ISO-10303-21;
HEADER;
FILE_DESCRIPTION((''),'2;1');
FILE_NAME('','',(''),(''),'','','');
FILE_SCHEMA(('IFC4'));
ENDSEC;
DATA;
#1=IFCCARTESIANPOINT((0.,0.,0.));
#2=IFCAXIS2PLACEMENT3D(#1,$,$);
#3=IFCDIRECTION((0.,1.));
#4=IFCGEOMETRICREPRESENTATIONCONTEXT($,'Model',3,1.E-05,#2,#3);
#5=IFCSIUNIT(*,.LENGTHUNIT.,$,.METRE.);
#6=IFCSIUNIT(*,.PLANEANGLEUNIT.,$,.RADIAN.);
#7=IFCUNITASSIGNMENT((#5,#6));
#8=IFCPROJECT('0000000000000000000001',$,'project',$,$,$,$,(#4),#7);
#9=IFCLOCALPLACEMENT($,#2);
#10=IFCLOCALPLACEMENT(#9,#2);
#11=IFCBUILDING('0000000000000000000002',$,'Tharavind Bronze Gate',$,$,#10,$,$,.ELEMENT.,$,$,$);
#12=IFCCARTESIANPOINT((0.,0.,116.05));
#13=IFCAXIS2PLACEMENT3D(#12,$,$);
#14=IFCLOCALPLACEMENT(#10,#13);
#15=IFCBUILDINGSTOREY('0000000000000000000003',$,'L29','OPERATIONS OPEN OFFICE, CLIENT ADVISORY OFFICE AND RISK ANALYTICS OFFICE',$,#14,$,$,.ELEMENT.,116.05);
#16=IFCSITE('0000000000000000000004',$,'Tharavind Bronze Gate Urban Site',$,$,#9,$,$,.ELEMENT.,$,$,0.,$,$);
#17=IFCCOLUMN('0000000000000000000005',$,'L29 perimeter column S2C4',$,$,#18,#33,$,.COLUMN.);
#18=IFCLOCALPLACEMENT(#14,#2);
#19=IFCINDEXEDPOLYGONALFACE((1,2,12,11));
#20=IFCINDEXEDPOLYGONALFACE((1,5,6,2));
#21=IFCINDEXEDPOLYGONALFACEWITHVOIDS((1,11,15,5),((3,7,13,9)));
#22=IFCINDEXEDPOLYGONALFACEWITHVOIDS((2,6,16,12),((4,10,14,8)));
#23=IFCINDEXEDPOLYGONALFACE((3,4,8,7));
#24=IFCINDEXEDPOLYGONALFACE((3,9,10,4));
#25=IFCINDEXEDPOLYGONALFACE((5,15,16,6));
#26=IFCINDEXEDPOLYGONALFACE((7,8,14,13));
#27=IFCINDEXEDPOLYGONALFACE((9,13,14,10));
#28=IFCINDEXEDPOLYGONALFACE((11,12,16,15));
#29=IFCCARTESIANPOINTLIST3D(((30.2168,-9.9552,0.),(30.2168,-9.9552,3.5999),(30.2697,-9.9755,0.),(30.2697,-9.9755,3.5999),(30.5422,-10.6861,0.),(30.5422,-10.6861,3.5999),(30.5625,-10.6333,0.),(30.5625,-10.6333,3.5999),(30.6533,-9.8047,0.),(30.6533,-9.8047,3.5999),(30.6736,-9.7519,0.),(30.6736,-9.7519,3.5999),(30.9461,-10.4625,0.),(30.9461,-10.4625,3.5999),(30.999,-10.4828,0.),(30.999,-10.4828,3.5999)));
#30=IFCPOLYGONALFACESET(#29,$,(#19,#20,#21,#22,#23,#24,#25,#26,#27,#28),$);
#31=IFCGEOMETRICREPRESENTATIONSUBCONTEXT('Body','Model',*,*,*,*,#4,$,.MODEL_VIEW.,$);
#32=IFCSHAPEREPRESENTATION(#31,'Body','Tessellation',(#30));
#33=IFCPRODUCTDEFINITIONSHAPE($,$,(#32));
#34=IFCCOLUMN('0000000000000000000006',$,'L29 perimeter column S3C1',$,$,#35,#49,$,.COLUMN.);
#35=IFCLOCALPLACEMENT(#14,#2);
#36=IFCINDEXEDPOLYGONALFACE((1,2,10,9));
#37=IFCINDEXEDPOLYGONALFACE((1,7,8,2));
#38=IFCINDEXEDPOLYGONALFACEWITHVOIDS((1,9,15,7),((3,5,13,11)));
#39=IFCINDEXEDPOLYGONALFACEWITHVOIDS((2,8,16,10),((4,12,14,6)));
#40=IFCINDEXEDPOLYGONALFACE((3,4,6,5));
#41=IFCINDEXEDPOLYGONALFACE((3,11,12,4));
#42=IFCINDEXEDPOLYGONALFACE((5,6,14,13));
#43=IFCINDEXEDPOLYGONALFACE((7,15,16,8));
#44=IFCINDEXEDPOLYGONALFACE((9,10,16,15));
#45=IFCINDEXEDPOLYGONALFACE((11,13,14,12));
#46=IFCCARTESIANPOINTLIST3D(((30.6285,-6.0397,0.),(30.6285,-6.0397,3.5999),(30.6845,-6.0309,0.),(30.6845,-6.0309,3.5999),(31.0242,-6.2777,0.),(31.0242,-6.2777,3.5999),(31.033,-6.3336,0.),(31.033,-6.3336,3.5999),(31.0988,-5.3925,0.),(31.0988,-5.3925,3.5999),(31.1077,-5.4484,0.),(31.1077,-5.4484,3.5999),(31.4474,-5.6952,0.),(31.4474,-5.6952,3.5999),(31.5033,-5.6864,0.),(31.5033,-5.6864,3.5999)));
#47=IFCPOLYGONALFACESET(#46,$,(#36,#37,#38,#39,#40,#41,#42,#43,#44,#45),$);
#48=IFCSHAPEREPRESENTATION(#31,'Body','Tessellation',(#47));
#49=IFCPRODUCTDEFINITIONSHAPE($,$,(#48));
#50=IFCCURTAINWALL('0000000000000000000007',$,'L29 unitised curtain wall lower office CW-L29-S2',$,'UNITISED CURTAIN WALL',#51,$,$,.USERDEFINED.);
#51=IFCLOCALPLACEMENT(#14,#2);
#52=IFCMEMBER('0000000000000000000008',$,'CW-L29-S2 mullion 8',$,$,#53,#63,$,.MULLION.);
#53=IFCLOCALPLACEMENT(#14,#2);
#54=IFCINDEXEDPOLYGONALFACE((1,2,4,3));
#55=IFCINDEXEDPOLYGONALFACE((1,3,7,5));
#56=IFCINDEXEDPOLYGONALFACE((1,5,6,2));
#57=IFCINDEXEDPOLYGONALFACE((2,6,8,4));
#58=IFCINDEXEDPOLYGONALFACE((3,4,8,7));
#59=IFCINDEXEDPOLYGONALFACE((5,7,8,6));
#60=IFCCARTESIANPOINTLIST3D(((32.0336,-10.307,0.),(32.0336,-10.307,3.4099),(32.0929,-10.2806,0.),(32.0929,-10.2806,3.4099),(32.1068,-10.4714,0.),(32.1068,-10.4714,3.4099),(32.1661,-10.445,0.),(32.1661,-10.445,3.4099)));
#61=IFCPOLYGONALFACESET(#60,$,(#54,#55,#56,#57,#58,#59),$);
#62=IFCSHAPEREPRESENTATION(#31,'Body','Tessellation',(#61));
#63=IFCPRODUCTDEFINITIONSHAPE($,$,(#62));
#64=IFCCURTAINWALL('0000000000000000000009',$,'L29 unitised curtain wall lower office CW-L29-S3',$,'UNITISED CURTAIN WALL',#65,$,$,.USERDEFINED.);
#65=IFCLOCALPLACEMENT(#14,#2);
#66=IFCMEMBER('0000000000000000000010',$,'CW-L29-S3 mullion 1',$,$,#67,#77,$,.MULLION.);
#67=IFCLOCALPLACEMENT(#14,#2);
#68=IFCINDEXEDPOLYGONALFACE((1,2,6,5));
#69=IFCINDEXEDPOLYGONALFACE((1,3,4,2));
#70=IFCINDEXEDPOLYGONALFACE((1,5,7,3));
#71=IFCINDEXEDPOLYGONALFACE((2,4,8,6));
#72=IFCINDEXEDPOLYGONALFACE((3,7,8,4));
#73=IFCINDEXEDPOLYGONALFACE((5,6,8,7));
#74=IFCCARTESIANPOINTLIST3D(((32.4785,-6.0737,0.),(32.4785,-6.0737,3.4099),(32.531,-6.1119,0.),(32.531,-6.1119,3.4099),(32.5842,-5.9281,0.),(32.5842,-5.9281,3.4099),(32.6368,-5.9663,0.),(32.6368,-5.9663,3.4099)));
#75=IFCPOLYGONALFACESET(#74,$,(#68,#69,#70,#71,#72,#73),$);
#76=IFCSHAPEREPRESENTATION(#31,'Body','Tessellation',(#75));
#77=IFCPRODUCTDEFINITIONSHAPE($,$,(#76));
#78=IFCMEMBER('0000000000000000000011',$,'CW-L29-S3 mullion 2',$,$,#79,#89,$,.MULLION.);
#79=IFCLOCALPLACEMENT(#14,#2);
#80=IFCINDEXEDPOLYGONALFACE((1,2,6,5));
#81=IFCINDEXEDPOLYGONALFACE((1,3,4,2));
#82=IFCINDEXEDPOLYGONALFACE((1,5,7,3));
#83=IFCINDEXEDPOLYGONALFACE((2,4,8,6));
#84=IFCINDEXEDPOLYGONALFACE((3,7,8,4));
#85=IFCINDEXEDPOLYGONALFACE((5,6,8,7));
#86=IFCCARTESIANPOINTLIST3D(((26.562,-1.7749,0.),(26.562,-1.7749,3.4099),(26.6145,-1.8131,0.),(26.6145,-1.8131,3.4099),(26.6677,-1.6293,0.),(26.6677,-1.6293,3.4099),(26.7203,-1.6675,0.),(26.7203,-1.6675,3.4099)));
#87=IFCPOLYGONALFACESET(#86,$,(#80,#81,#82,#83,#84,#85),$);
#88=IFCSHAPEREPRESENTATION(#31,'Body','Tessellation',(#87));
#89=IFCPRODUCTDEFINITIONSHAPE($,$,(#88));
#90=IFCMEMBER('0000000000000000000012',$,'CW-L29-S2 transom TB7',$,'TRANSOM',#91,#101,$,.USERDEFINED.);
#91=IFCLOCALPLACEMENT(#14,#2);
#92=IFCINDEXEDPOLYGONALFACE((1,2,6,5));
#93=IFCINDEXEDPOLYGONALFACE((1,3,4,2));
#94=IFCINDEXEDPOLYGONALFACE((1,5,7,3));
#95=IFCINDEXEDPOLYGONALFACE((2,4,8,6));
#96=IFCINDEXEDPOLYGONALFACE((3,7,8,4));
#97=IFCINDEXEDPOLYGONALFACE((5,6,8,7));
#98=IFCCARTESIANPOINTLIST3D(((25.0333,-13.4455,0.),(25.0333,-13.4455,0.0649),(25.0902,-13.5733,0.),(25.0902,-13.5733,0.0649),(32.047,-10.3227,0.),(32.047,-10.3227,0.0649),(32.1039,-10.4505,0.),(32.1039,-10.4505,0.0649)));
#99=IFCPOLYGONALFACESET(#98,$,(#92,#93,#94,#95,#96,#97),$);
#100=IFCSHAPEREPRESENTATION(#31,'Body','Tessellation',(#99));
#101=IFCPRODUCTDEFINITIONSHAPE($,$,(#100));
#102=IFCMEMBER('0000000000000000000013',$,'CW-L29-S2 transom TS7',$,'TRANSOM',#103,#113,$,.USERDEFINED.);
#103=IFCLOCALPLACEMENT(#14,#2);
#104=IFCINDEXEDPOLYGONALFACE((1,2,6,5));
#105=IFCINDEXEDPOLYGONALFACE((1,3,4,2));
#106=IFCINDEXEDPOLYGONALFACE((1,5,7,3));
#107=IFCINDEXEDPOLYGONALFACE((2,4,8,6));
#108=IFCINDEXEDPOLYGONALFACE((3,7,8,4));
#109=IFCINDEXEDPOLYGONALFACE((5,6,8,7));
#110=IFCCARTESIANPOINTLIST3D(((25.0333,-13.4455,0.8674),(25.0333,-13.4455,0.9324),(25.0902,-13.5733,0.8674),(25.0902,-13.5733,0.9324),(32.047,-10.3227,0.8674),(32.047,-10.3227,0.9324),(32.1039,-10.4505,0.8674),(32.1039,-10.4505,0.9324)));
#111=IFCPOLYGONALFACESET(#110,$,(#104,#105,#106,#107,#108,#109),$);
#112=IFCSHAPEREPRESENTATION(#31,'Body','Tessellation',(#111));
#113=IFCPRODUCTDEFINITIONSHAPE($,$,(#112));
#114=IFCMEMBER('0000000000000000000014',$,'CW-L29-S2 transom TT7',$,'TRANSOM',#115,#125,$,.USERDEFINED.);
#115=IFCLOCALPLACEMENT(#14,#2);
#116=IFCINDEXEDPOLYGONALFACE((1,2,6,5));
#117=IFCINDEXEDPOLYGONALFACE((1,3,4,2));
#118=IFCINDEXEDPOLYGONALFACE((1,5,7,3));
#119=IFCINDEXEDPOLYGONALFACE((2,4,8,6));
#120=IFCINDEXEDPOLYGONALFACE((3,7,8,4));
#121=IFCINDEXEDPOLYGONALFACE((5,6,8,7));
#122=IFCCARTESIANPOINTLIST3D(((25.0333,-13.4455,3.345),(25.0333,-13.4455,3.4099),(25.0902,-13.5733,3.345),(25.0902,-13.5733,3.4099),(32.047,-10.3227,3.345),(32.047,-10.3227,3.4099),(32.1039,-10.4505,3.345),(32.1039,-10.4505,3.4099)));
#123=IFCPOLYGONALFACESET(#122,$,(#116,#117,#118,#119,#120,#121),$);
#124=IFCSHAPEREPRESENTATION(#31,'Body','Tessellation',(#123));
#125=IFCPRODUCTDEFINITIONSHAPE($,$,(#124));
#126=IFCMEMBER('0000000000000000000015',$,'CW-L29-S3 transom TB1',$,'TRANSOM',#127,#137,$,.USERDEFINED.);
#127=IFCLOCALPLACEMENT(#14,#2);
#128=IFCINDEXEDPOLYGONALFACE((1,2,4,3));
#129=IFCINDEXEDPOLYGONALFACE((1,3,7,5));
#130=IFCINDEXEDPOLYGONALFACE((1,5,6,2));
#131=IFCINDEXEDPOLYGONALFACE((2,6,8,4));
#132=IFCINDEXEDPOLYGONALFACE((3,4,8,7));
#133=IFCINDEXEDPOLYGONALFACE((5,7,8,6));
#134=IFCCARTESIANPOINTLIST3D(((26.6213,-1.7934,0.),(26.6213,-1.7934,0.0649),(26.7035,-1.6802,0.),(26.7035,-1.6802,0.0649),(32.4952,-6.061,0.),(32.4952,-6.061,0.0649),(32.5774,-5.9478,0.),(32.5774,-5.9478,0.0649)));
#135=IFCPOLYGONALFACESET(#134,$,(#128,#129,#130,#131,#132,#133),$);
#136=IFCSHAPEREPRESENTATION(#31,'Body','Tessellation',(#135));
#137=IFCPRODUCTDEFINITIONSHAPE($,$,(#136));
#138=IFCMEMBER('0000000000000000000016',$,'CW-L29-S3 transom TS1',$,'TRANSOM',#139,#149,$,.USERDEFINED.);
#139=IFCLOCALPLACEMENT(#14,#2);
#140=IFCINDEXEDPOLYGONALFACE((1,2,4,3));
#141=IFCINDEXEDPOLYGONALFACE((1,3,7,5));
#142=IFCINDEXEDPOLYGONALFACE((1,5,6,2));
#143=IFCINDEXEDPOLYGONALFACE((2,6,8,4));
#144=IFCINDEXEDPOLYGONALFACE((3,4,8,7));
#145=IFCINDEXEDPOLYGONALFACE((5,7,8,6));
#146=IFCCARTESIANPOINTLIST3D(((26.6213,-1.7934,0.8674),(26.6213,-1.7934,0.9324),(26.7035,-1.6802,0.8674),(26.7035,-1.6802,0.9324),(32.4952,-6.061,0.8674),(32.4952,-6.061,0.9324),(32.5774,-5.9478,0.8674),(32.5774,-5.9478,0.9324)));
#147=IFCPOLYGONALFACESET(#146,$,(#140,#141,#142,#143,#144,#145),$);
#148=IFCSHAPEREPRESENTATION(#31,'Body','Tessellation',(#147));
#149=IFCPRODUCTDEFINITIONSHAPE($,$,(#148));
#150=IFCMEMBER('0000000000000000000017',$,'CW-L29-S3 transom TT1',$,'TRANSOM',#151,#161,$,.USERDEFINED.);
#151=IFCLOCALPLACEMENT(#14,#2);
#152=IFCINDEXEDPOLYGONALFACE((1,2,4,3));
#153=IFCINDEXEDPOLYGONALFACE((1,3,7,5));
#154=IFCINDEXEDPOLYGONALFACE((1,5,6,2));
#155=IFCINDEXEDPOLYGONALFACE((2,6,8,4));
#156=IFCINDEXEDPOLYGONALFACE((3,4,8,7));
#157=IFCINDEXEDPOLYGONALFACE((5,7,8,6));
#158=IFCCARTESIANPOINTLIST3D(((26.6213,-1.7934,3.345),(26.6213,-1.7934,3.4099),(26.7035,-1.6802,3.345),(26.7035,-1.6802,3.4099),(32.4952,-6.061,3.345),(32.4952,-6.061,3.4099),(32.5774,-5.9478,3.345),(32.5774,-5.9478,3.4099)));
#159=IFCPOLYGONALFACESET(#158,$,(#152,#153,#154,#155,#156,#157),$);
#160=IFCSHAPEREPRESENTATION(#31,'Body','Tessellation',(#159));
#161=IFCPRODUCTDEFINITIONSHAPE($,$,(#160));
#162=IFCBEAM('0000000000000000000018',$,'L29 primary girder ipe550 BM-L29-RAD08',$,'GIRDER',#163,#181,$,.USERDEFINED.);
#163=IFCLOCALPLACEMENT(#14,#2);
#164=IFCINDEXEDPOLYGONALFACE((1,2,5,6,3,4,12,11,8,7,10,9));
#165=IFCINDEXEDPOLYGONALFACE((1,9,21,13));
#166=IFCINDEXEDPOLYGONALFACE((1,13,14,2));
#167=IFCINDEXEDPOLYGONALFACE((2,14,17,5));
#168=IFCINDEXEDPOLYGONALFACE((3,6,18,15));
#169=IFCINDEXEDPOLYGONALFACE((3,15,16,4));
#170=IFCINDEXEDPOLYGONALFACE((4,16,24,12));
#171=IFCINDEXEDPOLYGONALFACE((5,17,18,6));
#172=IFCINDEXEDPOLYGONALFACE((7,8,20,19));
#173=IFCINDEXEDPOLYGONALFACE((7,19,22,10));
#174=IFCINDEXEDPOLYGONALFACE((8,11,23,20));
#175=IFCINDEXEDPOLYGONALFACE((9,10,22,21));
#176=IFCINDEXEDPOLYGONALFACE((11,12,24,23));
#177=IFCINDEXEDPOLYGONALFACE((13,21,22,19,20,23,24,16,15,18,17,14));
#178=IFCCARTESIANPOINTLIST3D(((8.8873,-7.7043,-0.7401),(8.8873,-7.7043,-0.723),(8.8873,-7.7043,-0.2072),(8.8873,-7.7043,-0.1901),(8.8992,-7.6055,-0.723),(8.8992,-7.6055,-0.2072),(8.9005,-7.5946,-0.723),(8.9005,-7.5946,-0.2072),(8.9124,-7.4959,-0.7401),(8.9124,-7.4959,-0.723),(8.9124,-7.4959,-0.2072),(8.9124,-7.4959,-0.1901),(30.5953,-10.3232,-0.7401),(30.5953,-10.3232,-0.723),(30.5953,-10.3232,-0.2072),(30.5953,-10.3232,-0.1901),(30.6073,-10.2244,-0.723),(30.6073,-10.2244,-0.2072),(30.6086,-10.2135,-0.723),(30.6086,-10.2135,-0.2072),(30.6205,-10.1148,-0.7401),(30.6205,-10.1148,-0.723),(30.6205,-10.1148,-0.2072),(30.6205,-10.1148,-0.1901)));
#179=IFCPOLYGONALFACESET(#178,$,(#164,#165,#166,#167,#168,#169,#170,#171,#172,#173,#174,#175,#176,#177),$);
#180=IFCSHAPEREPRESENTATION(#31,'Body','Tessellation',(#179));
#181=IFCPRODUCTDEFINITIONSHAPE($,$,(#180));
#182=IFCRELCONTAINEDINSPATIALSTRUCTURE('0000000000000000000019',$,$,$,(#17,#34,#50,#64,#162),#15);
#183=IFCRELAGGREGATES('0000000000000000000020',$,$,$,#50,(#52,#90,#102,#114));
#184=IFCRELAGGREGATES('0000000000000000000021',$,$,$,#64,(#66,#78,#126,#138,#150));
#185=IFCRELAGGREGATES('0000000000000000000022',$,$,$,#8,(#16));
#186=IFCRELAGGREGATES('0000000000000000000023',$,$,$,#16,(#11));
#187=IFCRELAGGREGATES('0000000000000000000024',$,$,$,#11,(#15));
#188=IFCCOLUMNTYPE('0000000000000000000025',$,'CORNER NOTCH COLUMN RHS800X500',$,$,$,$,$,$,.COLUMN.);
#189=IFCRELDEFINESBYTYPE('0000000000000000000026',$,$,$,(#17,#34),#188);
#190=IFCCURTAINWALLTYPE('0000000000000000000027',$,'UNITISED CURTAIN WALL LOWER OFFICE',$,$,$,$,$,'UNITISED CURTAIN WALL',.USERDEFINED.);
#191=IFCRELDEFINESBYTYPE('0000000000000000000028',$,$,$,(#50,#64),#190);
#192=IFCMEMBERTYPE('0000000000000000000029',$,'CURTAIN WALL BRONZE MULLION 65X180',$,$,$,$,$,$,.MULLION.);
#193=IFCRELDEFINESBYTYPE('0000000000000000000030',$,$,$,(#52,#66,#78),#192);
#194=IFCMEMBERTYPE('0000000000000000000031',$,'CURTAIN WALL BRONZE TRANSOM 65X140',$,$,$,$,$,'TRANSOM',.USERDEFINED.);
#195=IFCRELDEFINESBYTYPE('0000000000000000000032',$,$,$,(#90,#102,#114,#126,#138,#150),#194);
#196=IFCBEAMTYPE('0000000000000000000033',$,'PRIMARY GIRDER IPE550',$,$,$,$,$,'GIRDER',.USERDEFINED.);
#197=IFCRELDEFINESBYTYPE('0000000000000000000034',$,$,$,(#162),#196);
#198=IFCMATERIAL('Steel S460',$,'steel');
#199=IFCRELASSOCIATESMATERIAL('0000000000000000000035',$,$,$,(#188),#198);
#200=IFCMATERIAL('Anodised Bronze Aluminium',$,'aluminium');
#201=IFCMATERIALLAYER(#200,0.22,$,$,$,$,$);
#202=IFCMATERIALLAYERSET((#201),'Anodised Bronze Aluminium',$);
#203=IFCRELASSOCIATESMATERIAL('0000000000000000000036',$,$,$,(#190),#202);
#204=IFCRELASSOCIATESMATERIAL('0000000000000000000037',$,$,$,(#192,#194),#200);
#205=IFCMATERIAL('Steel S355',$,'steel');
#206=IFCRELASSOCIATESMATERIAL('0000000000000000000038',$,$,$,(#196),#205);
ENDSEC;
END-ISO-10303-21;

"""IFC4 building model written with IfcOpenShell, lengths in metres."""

from ifc_helpers import new_model, si_unit, direction, frame, origin, origin_2d, place, context, subcontext, project, spatial, rectangle, hollow_rectangle, i_section, extrude, material, layer, layer_set, material_profile, profile_set, type_object, element, aggregate, save


model = new_model("IFC4")

# Units and contexts
model_context = context("Model", 3, precision=1e-05, world=origin(), true_north=direction((0.0, 1.0)))
body_context = subcontext(model_context, "Body", "Model", "MODEL_VIEW")
ifc_project = project(units=[si_unit("LENGTHUNIT", "METRE"), si_unit("PLANEANGLEUNIT", "RADIAN")], contexts=[model_context])

# Site, building, storey
site_placement = place(None, origin())
site = spatial("IfcSite", under=ifc_project, at=site_placement, Name="Tharavind Bronze Gate Urban Site", CompositionType="ELEMENT", RefElevation=0.0)
building_placement = place(site_placement, origin())
building = spatial("IfcBuilding", under=site, at=building_placement, Name="Tharavind Bronze Gate", CompositionType="ELEMENT")
storey_placement = place(building_placement, frame((0.0, 0.0, 116.05)))
storey = spatial("IfcBuildingStorey", under=building, at=storey_placement, Name="L29", Description="OPERATIONS OPEN OFFICE, CLIENT ADVISORY OFFICE AND RISK ANALYTICS OFFICE", CompositionType="ELEMENT", Elevation=116.05)

# Columns
ifc_material_1 = material(Name="Steel S460", Category="steel")
ifc_material_profile_1 = material_profile(ifc_material_1, hollow_rectangle(XDim=0.5, YDim=0.8, WallThickness=0.04, at=origin_2d()), Name="RHS800X500X40")
ifc_profile_set_1 = profile_set([ifc_material_profile_1], Name="Steel S460")
column_type = type_object("IfcColumnType", Name="CORNER NOTCH COLUMN RHS800X500", PredefinedType="COLUMN", material=ifc_profile_set_1)
for number, where, z_axis, x_axis, name in (
    (1, (30.6079, -10.219, 0.0), (0.0, 0.0, 1.0), (0.913545, 0.406737, 0.0), "L29 perimeter column S2C4"),
    (2, (31.0659, -5.863, 0.0), (0.0, 0.0, 1.0), (-0.809017, 0.587785, 0.0), "L29 perimeter column S3C1"),
):
    element("IfcColumn", number, at=place(storey_placement, frame(where, z_axis=z_axis, x_axis=x_axis)), inside=storey, type_object=column_type, Name=name, PredefinedType="COLUMN", context=body_context, shape_type="SweptSolid", body=[
        extrude(hollow_rectangle(XDim=0.5, YDim=0.8, WallThickness=0.04, at=origin_2d()), origin(), (0.0, 0.0, 1.0), 3.5999),
    ])

# Curtain wall, member
ifc_material_2 = material(Name="Anodised Bronze Aluminium", Category="aluminium")
ifc_layer_1 = layer(ifc_material_2, 0.22)
ifc_layer_set_1 = layer_set([ifc_layer_1], Name="Anodised Bronze Aluminium")
curtain_wall_type = type_object("IfcCurtainWallType", Name="UNITISED CURTAIN WALL LOWER OFFICE", ElementType="UNITISED CURTAIN WALL", PredefinedType="USERDEFINED", material=ifc_layer_set_1)
curtain_wall_1_placement = place(storey_placement, origin())
curtain_wall_1 = element("IfcCurtainWall", 3, at=curtain_wall_1_placement, inside=storey, type_object=curtain_wall_type, Name="L29 unitised curtain wall lower office CW-L29-S2", ObjectType="UNITISED CURTAIN WALL", PredefinedType="USERDEFINED")
member_type_1 = type_object("IfcMemberType", Name="CURTAIN WALL BRONZE MULLION 65X180", PredefinedType="MULLION", material=ifc_material_2)
member_1_placement = place(storey_placement, frame((32.0999, -10.376, 0.0), z_axis=(0.0, 0.0, 1.0), x_axis=(0.913545, 0.406737, 0.0)))
member_1 = element("IfcMember", 4, at=member_1_placement, type_object=member_type_1, Name="CW-L29-S2 mullion 8", PredefinedType="MULLION", context=body_context, shape_type="SweptSolid", body=[
    extrude(rectangle(XDim=0.0649, YDim=0.1799, at=origin_2d()), origin(), (0.0, 0.0, 1.0), 3.4099),
])

# Curtain wall, members
curtain_wall_2_placement = place(storey_placement, origin())
curtain_wall_2 = element("IfcCurtainWall", 5, at=curtain_wall_2_placement, inside=storey, type_object=curtain_wall_type, Name="L29 unitised curtain wall lower office CW-L29-S3", ObjectType="UNITISED CURTAIN WALL", PredefinedType="USERDEFINED")
member_2_placement = place(storey_placement, frame((32.5576, -6.02, 0.0), z_axis=(0.0, 0.0, 1.0), x_axis=(-0.809017, 0.587785, 0.0)))
member_2 = element("IfcMember", 6, at=member_2_placement, type_object=member_type_1, Name="CW-L29-S3 mullion 1", PredefinedType="MULLION", context=body_context, shape_type="SweptSolid", body=[
    extrude(rectangle(XDim=0.0649, YDim=0.1799, at=origin_2d()), origin(), (0.0, 0.0, 1.0), 3.4099),
])
member_3_placement = place(storey_placement, frame((26.6411, -1.7212, 0.0), z_axis=(0.0, 0.0, 1.0), x_axis=(-0.809017, 0.587785, 0.0)))
member_3 = element("IfcMember", 7, at=member_3_placement, type_object=member_type_1, Name="CW-L29-S3 mullion 2", PredefinedType="MULLION", context=body_context, shape_type="SweptSolid", body=[
    extrude(rectangle(XDim=0.0649, YDim=0.1799, at=origin_2d()), origin(), (0.0, 0.0, 1.0), 3.4099),
])

# Members
member_type_2 = type_object("IfcMemberType", Name="CURTAIN WALL BRONZE TRANSOM 65X140", ElementType="TRANSOM", PredefinedType="USERDEFINED", material=ifc_material_2)
member_4_placement = place(storey_placement, frame((28.5686, -11.948, 0.0), z_axis=(0.0, 0.0, 1.0), x_axis=(0.913545, 0.406737, 0.0)))
member_4 = element("IfcMember", 8, at=member_4_placement, type_object=member_type_2, Name="CW-L29-S2 transom TB7", ObjectType="TRANSOM", PredefinedType="USERDEFINED", context=body_context, shape_type="SweptSolid", body=[
    extrude(rectangle(XDim=7.6775, YDim=0.1399, at=origin_2d()), origin(), (0.0, 0.0, 1.0), 0.0649),
])
member_5_placement = place(storey_placement, frame((28.5686, -11.948, 0.8674), z_axis=(0.0, 0.0, 1.0), x_axis=(0.913545, 0.406737, 0.0)))
member_5 = element("IfcMember", 9, at=member_5_placement, type_object=member_type_2, Name="CW-L29-S2 transom TS7", ObjectType="TRANSOM", PredefinedType="USERDEFINED", context=body_context, shape_type="SweptSolid", body=[
    extrude(rectangle(XDim=7.6775, YDim=0.1399, at=origin_2d()), origin(), (0.0, 0.0, 1.0), 0.0649),
])
member_6_placement = place(storey_placement, frame((28.5686, -11.948, 3.345), z_axis=(0.0, 0.0, 1.0), x_axis=(0.913545, 0.406737, 0.0)))
member_6 = element("IfcMember", 10, at=member_6_placement, type_object=member_type_2, Name="CW-L29-S2 transom TT7", ObjectType="TRANSOM", PredefinedType="USERDEFINED", context=body_context, shape_type="SweptSolid", body=[
    extrude(rectangle(XDim=7.6775, YDim=0.1399, at=origin_2d()), origin(), (0.0, 0.0, 1.0), 0.0649),
])
member_7_placement = place(storey_placement, frame((29.5994, -3.8706, 0.0), z_axis=(0.0, 0.0, 1.0), x_axis=(-0.809017, 0.587785, 0.0)))
member_7 = element("IfcMember", 11, at=member_7_placement, type_object=member_type_2, Name="CW-L29-S3 transom TB1", ObjectType="TRANSOM", PredefinedType="USERDEFINED", context=body_context, shape_type="SweptSolid", body=[
    extrude(rectangle(XDim=7.2605, YDim=0.1399, at=origin_2d()), origin(), (0.0, 0.0, 1.0), 0.0649),
])
member_8_placement = place(storey_placement, frame((29.5994, -3.8706, 0.8674), z_axis=(0.0, 0.0, 1.0), x_axis=(-0.809017, 0.587785, 0.0)))
member_8 = element("IfcMember", 12, at=member_8_placement, type_object=member_type_2, Name="CW-L29-S3 transom TS1", ObjectType="TRANSOM", PredefinedType="USERDEFINED", context=body_context, shape_type="SweptSolid", body=[
    extrude(rectangle(XDim=7.2605, YDim=0.1399, at=origin_2d()), origin(), (0.0, 0.0, 1.0), 0.0649),
])
member_9_placement = place(storey_placement, frame((29.5994, -3.8706, 3.345), z_axis=(0.0, 0.0, 1.0), x_axis=(-0.809017, 0.587785, 0.0)))
member_9 = element("IfcMember", 13, at=member_9_placement, type_object=member_type_2, Name="CW-L29-S3 transom TT1", ObjectType="TRANSOM", PredefinedType="USERDEFINED", context=body_context, shape_type="SweptSolid", body=[
    extrude(rectangle(XDim=7.2605, YDim=0.1399, at=origin_2d()), origin(), (0.0, 0.0, 1.0), 0.0649),
])

# Beam
ifc_material_3 = material(Name="Steel S355", Category="steel")
ifc_material_profile_2 = material_profile(ifc_material_3, i_section(OverallWidth=0.21, OverallDepth=0.55, WebThickness=0.011, FlangeThickness=0.0171, at=origin_2d()), Name="IPE550")
ifc_profile_set_2 = profile_set([ifc_material_profile_2], Name="Steel S355")
beam_type_1 = type_object("IfcBeamType", Name="PRIMARY GIRDER IPE550", ElementType="GIRDER", PredefinedType="USERDEFINED", material=ifc_profile_set_2)
beam_1_placement = place(storey_placement, frame((30.6079, -10.219, -0.4651), z_axis=(-0.992801, 0.119773, 0.0), x_axis=(-0.119773, -0.992801, 0.0)))
element("IfcBeam", 14, at=beam_1_placement, inside=storey, type_object=beam_type_1, Name="L29 primary girder ipe550 BM-L29-RAD08", ObjectType="GIRDER", PredefinedType="USERDEFINED", context=body_context, shape_type="SweptSolid", body=[
    extrude(i_section(OverallWidth=0.21, OverallDepth=0.55, WebThickness=0.011, FlangeThickness=0.0171, at=origin_2d()), origin(), (0.0, 0.0, 1.0), 21.8655),
])

aggregate(curtain_wall_1, [member_1, member_4, member_5, member_6])
aggregate(curtain_wall_2, [member_2, member_3, member_7, member_8, member_9])

save(model, "model.ifc")
